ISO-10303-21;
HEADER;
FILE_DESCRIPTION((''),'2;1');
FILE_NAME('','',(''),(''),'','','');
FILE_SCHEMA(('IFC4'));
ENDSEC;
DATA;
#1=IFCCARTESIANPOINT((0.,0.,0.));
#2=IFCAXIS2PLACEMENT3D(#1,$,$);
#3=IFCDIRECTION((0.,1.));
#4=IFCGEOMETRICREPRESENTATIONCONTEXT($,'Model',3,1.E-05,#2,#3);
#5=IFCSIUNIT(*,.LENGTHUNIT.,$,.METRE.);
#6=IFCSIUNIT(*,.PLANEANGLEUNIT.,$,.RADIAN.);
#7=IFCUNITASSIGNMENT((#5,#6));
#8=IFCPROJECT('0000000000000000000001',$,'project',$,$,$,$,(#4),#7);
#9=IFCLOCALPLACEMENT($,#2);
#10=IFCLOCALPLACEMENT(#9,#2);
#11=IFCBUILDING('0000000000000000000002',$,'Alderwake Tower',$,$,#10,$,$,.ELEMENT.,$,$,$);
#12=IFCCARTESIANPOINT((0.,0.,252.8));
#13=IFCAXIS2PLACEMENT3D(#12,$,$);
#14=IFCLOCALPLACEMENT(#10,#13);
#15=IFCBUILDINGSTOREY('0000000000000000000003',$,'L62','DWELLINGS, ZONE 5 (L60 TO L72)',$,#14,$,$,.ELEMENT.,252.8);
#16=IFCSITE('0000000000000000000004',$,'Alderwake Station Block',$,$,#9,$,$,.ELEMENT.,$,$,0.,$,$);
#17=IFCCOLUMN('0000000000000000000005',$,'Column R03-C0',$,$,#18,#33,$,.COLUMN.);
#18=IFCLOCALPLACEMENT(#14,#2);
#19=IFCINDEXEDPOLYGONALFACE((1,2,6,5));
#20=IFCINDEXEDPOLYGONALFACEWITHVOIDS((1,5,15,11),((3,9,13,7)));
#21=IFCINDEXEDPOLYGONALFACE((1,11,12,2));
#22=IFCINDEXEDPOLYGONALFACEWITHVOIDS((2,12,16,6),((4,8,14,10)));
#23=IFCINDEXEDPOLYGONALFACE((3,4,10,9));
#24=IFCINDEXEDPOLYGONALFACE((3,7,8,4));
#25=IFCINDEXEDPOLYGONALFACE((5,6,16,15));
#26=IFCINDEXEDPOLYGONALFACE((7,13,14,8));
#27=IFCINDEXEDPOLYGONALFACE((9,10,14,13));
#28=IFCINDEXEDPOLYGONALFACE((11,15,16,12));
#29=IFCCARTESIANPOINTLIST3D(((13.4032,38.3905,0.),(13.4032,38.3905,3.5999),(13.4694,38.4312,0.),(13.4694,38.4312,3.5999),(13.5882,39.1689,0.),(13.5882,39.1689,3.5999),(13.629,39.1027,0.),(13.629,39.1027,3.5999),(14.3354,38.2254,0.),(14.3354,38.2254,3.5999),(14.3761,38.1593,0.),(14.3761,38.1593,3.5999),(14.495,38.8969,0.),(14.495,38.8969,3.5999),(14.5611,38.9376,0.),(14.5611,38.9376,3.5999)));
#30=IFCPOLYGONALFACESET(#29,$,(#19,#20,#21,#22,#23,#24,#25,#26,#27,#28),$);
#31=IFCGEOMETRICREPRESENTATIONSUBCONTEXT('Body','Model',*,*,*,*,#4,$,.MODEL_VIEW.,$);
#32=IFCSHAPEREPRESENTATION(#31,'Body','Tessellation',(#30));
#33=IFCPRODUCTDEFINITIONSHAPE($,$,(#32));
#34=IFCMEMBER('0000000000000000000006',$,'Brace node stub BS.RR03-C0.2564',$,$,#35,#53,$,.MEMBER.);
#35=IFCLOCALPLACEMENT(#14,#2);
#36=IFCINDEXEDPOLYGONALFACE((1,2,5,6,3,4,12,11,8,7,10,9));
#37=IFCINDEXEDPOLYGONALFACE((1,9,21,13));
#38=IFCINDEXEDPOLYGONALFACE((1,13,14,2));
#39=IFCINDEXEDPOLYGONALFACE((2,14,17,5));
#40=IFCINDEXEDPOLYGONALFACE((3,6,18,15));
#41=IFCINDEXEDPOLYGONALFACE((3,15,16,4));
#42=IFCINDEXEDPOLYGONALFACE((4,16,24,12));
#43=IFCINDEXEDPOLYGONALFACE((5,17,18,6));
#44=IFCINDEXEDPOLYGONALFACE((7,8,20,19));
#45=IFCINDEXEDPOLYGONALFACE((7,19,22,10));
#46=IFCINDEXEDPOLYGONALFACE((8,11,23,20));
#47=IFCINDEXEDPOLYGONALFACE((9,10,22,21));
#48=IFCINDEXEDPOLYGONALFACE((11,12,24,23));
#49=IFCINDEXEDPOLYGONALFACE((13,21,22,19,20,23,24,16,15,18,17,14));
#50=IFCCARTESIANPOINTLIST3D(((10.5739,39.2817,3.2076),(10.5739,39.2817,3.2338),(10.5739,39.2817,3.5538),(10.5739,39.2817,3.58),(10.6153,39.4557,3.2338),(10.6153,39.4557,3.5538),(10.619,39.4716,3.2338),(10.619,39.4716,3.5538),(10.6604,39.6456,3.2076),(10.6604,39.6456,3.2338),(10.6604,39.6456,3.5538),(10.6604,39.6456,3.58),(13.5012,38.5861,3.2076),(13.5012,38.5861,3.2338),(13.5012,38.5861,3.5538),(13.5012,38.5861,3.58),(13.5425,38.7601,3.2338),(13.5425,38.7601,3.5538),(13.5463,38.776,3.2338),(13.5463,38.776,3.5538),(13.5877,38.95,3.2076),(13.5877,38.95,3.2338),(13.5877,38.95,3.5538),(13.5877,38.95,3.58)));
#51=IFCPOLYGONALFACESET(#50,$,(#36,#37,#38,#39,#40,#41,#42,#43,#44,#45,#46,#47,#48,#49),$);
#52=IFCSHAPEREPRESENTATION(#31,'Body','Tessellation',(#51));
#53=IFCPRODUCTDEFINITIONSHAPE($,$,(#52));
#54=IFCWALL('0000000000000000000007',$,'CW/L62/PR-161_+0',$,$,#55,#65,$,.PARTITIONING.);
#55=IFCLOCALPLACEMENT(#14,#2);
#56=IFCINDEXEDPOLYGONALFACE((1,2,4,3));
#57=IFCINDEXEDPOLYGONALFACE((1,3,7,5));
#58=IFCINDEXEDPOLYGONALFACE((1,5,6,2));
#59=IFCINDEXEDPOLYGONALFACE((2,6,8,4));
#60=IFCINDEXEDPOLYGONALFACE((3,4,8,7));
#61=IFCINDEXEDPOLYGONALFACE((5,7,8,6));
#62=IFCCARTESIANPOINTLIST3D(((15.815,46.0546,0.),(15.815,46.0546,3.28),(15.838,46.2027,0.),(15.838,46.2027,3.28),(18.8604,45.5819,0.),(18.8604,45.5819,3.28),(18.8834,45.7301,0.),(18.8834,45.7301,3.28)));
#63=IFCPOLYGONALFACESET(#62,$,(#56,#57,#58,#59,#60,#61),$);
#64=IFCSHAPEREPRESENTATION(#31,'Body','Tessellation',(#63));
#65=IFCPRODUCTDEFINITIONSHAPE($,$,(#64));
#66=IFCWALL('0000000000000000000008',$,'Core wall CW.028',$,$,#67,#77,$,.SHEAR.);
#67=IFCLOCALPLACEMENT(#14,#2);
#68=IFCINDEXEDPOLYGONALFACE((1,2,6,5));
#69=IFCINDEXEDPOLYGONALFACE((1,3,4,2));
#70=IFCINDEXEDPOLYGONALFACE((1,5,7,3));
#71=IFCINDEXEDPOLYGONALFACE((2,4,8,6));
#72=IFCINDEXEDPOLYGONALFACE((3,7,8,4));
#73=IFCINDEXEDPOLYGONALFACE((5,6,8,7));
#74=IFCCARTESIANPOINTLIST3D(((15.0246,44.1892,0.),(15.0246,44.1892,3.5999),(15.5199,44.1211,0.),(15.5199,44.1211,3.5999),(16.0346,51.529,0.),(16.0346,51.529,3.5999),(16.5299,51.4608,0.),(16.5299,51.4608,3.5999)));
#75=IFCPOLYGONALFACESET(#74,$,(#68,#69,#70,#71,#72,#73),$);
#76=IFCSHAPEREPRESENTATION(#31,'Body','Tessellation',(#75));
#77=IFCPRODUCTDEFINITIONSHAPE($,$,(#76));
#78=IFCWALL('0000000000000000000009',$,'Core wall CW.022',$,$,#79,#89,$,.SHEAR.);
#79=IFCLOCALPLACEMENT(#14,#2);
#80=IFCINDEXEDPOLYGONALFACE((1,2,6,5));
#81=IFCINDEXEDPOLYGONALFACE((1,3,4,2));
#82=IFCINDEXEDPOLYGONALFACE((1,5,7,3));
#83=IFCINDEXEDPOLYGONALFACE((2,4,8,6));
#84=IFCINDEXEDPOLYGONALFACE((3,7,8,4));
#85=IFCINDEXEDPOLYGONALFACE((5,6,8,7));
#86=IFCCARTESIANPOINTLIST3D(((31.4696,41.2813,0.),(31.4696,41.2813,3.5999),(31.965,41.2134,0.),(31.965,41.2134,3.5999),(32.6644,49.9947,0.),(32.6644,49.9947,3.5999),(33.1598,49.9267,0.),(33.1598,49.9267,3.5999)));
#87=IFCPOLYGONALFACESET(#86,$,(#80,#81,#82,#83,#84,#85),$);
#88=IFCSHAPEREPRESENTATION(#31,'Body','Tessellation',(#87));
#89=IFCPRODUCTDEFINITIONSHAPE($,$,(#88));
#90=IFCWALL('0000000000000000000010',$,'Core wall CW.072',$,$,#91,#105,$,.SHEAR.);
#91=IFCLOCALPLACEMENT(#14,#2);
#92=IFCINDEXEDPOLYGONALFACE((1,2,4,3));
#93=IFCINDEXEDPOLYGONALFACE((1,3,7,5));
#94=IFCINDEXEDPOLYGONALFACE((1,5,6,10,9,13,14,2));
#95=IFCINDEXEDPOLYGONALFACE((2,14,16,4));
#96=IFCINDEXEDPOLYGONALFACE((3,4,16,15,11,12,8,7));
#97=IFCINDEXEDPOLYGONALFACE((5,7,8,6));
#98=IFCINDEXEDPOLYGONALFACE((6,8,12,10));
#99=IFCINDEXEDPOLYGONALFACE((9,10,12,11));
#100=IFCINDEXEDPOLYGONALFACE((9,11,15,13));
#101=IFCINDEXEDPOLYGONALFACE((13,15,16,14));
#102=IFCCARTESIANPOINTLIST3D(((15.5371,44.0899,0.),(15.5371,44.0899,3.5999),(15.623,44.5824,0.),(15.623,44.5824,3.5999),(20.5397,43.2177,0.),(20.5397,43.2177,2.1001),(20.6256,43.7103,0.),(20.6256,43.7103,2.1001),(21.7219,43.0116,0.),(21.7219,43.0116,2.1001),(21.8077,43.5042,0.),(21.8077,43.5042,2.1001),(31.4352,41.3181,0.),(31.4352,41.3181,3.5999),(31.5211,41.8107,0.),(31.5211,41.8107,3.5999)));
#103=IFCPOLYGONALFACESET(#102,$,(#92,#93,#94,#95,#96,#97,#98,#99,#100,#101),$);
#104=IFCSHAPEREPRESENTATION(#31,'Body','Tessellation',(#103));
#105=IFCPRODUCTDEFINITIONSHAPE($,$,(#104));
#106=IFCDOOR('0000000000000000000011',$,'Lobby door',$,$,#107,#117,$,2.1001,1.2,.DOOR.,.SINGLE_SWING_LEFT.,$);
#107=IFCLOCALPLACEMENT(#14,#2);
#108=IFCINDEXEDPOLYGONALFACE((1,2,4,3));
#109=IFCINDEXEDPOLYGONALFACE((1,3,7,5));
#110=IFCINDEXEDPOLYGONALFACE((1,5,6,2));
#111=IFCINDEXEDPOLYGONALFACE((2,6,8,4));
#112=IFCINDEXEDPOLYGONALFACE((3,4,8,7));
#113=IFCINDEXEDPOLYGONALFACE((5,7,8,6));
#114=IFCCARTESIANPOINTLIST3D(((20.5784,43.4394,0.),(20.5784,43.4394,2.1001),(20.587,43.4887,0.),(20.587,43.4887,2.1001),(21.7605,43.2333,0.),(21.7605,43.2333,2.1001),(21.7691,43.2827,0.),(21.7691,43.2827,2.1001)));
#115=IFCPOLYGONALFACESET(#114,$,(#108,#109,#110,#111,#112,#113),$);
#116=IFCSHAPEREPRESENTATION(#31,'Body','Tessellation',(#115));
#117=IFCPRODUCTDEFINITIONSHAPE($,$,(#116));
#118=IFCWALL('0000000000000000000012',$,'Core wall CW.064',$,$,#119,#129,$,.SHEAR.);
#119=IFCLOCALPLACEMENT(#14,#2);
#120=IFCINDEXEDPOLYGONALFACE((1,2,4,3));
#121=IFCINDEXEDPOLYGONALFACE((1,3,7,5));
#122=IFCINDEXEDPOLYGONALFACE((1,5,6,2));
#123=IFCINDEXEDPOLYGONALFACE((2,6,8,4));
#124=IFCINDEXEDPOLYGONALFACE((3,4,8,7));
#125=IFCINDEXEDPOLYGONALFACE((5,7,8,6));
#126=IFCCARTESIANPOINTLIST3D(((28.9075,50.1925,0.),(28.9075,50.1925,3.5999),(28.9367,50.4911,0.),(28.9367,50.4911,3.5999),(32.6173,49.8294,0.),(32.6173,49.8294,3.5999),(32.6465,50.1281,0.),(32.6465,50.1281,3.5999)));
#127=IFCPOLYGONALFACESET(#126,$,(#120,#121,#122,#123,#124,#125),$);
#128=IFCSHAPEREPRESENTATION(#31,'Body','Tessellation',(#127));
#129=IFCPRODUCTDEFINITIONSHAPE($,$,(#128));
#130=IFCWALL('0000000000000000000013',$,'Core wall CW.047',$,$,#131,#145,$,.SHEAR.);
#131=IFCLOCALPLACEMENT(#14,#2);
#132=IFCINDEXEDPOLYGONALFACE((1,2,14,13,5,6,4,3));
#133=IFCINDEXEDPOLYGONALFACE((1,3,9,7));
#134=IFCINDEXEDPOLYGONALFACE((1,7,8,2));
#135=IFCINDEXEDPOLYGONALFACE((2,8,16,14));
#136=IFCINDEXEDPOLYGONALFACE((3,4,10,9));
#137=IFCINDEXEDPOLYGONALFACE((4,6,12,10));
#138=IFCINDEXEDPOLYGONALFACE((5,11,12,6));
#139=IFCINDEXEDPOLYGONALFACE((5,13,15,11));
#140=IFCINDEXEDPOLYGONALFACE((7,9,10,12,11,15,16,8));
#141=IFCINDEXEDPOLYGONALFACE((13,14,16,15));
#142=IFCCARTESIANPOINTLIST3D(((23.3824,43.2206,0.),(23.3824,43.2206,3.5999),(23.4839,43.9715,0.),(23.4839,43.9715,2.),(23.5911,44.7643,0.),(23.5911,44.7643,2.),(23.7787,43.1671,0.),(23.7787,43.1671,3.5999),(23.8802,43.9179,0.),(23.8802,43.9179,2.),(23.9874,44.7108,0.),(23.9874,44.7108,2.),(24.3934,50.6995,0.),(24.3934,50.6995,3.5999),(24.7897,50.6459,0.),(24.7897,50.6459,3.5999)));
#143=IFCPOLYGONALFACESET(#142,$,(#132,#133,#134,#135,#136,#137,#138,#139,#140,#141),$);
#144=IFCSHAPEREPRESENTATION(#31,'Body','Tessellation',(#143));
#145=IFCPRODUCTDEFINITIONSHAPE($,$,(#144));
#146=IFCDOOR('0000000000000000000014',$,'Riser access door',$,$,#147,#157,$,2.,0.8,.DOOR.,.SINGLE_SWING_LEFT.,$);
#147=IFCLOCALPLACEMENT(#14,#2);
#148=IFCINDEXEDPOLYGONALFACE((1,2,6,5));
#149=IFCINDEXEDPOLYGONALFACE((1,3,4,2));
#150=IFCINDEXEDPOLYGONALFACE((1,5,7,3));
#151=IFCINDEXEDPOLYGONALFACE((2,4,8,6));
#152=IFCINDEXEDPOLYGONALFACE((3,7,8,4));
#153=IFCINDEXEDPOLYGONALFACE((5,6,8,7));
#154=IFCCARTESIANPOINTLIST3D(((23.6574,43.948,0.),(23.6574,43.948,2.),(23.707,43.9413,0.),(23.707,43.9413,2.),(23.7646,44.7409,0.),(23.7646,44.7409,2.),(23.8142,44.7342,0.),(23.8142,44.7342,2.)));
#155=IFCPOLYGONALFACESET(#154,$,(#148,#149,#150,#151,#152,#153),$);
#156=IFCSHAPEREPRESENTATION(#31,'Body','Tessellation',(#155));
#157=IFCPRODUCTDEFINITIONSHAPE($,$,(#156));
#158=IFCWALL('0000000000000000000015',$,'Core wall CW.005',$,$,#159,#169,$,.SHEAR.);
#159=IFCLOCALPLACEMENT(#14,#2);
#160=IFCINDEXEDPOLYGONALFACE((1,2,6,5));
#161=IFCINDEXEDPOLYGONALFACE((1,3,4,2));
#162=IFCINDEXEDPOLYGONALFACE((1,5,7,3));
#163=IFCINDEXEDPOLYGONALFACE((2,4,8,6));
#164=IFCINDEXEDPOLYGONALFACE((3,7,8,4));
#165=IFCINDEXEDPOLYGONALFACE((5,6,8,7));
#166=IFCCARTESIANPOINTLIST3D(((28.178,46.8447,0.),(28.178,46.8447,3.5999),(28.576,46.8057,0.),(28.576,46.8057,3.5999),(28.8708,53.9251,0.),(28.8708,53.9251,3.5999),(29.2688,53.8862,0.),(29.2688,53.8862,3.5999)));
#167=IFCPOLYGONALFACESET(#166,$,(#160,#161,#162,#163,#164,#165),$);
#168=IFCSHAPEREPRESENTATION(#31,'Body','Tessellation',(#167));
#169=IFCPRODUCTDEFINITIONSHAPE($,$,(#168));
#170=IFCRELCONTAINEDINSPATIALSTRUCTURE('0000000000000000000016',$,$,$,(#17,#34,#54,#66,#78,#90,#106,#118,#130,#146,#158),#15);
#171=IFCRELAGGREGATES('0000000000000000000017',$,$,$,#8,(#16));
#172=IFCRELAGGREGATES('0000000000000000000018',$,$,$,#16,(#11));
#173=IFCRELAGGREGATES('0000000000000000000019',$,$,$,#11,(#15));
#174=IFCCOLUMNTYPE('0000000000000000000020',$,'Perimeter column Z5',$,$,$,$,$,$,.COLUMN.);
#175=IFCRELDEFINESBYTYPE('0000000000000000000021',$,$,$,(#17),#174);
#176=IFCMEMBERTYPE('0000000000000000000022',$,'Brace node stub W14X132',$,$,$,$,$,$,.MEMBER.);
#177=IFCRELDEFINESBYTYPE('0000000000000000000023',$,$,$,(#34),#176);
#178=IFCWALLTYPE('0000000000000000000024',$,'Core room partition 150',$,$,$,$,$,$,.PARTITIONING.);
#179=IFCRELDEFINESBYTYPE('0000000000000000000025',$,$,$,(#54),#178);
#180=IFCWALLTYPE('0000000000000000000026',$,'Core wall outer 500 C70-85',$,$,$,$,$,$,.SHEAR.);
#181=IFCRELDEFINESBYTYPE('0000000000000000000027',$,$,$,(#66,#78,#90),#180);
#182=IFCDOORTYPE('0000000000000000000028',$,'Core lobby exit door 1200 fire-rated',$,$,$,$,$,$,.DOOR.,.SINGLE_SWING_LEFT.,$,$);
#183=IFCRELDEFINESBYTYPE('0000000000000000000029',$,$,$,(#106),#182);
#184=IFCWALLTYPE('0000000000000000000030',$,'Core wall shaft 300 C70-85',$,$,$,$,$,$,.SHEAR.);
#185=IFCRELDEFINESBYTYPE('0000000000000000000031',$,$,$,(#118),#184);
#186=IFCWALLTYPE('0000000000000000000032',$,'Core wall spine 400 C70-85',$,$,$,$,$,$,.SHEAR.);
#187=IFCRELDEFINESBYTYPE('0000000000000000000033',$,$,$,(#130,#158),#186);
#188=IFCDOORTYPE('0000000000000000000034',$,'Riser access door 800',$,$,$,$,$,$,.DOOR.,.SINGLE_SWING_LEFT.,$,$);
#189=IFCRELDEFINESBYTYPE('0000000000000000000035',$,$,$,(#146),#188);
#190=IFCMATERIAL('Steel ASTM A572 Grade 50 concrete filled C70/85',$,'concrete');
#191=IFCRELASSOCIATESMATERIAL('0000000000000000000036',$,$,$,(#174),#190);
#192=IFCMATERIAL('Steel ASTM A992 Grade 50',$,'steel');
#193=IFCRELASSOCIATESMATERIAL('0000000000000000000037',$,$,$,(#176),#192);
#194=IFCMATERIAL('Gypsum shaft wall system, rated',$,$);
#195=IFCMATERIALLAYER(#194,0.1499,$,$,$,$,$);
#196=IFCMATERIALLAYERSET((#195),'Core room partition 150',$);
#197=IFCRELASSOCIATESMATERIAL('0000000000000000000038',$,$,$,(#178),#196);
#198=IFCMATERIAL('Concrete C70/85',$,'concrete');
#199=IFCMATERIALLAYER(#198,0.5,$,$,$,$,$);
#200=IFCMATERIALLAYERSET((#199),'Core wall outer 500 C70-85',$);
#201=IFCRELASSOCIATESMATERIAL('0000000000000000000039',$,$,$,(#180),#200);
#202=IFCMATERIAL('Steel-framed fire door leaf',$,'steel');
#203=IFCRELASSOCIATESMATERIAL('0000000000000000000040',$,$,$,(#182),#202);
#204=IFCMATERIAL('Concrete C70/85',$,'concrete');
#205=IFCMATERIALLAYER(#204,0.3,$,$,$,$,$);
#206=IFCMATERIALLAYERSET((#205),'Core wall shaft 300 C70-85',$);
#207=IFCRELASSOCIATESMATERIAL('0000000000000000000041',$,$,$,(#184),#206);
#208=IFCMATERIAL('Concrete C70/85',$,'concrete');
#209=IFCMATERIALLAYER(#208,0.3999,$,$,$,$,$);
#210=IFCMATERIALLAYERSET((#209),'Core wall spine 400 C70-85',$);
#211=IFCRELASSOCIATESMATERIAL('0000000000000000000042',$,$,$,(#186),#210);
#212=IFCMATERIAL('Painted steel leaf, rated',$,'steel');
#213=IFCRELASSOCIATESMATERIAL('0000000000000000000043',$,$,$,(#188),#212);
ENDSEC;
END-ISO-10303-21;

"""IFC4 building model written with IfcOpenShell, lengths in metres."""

from ifc_helpers import new_model, si_unit, direction, frame, frame_2d, origin, origin_2d, place, context, subcontext, project, spatial, rectangle, hollow_rectangle, i_section, extrude, material, layer, layer_set, material_profile, profile_set, type_object, element, fill, save


model = new_model("IFC4")

# Units and contexts
model_context = context("Model", 3, precision=1e-05, world=origin(), true_north=direction((0.0, 1.0)))
body_context = subcontext(model_context, "Body", "Model", "MODEL_VIEW")
ifc_project = project(units=[si_unit("LENGTHUNIT", "METRE"), si_unit("PLANEANGLEUNIT", "RADIAN")], contexts=[model_context])

# Site, building, storey
site_placement = place(None, origin())
site = spatial("IfcSite", under=ifc_project, at=site_placement, Name="Alderwake Station Block", CompositionType="ELEMENT", RefElevation=0.0)
building_placement = place(site_placement, origin())
building = spatial("IfcBuilding", under=site, at=building_placement, Name="Alderwake Tower", CompositionType="ELEMENT")
storey_placement = place(building_placement, frame((0.0, 0.0, 252.8)))
storey = spatial("IfcBuildingStorey", under=building, at=storey_placement, Name="L62", Description="DWELLINGS, ZONE 5 (L60 TO L72)", CompositionType="ELEMENT", Elevation=252.8)

# Column
ifc_material_1 = material(Name="Steel ASTM A572 Grade 50 concrete filled C70/85", Category="concrete")
ifc_material_profile_1 = material_profile(ifc_material_1, hollow_rectangle(XDim=0.8, YDim=1.0, WallThickness=0.0549, at=origin_2d()), Name="BOX 1000X800X55")
ifc_profile_set_1 = profile_set([ifc_material_profile_1], Name="Steel ASTM A572 Grade 50 concrete filled C70/85")
column_type = type_object("IfcColumnType", Name="Perimeter column Z5", PredefinedType="COLUMN", material=ifc_profile_set_1)
column_placement = place(storey_placement, frame((13.9822, 38.6641, 0.0), z_axis=(0.0, 0.0, 1.0), x_axis=(0.231222, 0.972901, 0.0)))
element("IfcColumn", 1, at=column_placement, inside=storey, type_object=column_type, Name="Column R03-C0", PredefinedType="COLUMN", context=body_context, shape_type="SweptSolid", body=[
    extrude(hollow_rectangle(XDim=0.8, YDim=1.0, WallThickness=0.0549, at=origin_2d()), origin(), (0.0, 0.0, 1.0), 3.5999),
])

# Member
ifc_material_2 = material(Name="Steel ASTM A992 Grade 50", Category="steel")
ifc_material_profile_2 = material_profile(ifc_material_2, i_section(OverallWidth=0.374, OverallDepth=0.3723, WebThickness=0.0164, FlangeThickness=0.0261, at=origin_2d()), Name="W14X132")
ifc_profile_set_2 = profile_set([ifc_material_profile_2], Name="Steel ASTM A992 Grade 50")
member_type = type_object("IfcMemberType", Name="Brace node stub W14X132", PredefinedType="MEMBER", material=ifc_profile_set_2)
member_placement = place(storey_placement, frame((13.5444, 38.7681, 3.3938), z_axis=(-0.972911, 0.231178, 0.0), x_axis=(-0.231178, -0.972911, 0.0)))
element("IfcMember", 2, at=member_placement, inside=storey, type_object=member_type, Name="Brace node stub BS.RR03-C0.2564", PredefinedType="MEMBER", context=body_context, shape_type="SweptSolid", body=[
    extrude(i_section(OverallWidth=0.374, OverallDepth=0.3723, WebThickness=0.0164, FlangeThickness=0.0261, at=origin_2d()), origin(), (0.0, 0.0, 1.0), 3.0088),
])

# Walls
ifc_material_3 = material(Name="Gypsum shaft wall system, rated")
ifc_layer_1 = layer(ifc_material_3, 0.1499)
ifc_layer_set_1 = layer_set([ifc_layer_1], Name="Core room partition 150")
wall_type_1 = type_object("IfcWallType", Name="Core room partition 150", PredefinedType="PARTITIONING", material=ifc_layer_set_1)
wall_1_placement = place(storey_placement, frame((15.8264, 46.1287, 0.0), z_axis=(0.0, 0.0, 1.0), x_axis=(0.988169, -0.153367, 0.0)))
element("IfcWall", 3, at=wall_1_placement, inside=storey, type_object=wall_type_1, Name="CW/L62/PR-161_+0", PredefinedType="PARTITIONING", context=body_context, shape_type="SweptSolid", body=[
    extrude(rectangle(XDim=3.0818, YDim=0.1499, at=frame_2d((1.541, 0.0))), origin(), (0.0, 0.0, 1.0), 3.28),
])
ifc_material_4 = material(Name="Concrete C70/85", Category="concrete")
ifc_layer_2 = layer(ifc_material_4, 0.5)
ifc_layer_set_2 = layer_set([ifc_layer_2], Name="Core wall outer 500 C70-85")
wall_type_2 = type_object("IfcWallType", Name="Core wall outer 500 C70-85", PredefinedType="SHEAR", material=ifc_layer_set_2)
wall_2_placement = place(storey_placement, frame((15.2722, 44.155, 0.0), z_axis=(0.0, 0.0, 1.0), x_axis=(0.136322, 0.990665, 0.0)))
element("IfcWall", 4, at=wall_2_placement, inside=storey, type_object=wall_type_2, Name="Core wall CW.028", PredefinedType="SHEAR", context=body_context, shape_type="SweptSolid", body=[
    extrude(rectangle(XDim=7.4089, YDim=0.5, at=frame_2d((3.7046, 0.0))), origin(), (0.0, 0.0, 1.0), 3.5999),
])
wall_3_placement = place(storey_placement, frame((31.7173, 41.2473, 0.0), z_axis=(0.0, 0.0, 1.0), x_axis=(0.135854, 0.990729, 0.0)))
element("IfcWall", 5, at=wall_3_placement, inside=storey, type_object=wall_type_2, Name="Core wall CW.022", PredefinedType="SHEAR", context=body_context, shape_type="SweptSolid", body=[
    extrude(rectangle(XDim=8.7949, YDim=0.5, at=frame_2d((4.3975, 0.0))), origin(), (0.0, 0.0, 1.0), 3.5999),
])

# Wall, opening, door
wall_4_placement = place(storey_placement, frame((31.478, 41.5645, 0.0), z_axis=(0.0, 0.0, 1.0), x_axis=(-0.98514, 0.171752, 0.0)))
wall_4 = element("IfcWall", 6, at=wall_4_placement, inside=storey, type_object=wall_type_2, Name="Core wall CW.072", PredefinedType="SHEAR", context=body_context, shape_type="SweptSolid", body=[
    extrude(rectangle(XDim=16.1379, YDim=0.5, at=frame_2d((8.0688, 0.0))), origin(), (0.0, 0.0, 1.0), 3.5999),
])
opening_1_placement = place(wall_4_placement, frame((9.8596, 0.0, 0.0)))
opening_1 = element("IfcOpeningElement", 7, at=opening_1_placement, cuts=wall_4, PredefinedType="OPENING", context=body_context, shape_type="SweptSolid", body=[
    extrude(rectangle(XDim=1.2, YDim=2.1001, at=frame_2d((0.6001, 1.05))), frame((0.0, 0.26, 0.0), z_axis=(0.0, -1.0, 0.0), x_axis=(1.0, 0.0, 0.0)), (0.0, 0.0, 1.0), 0.52),
])
ifc_material_5 = material(Name="Steel-framed fire door leaf", Category="steel")
door_type_1 = type_object("IfcDoorType", Name="Core lobby exit door 1200 fire-rated", OperationType="SINGLE_SWING_LEFT", PredefinedType="DOOR", material=ifc_material_5)
door_1_placement = place(opening_1_placement, origin())
door_1 = element("IfcDoor", 8, at=door_1_placement, inside=storey, type_object=door_type_1, Name="Lobby door", OperationType="SINGLE_SWING_LEFT", OverallHeight=2.1001, OverallWidth=1.2, PredefinedType="DOOR", context=body_context, shape_type="SweptSolid", body=[
    extrude(rectangle(XDim=1.2, YDim=2.1001, at=frame_2d((0.6001, 1.05))), frame((0.0, 0.0249, 0.0), z_axis=(0.0, -1.0, 0.0), x_axis=(1.0, 0.0, 0.0)), (0.0, 0.0, 1.0), 0.05),
])
fill(opening_1, door_1)

# Wall
ifc_material_6 = material(Name="Concrete C70/85", Category="concrete")
ifc_layer_3 = layer(ifc_material_6, 0.3)
ifc_layer_set_3 = layer_set([ifc_layer_3], Name="Core wall shaft 300 C70-85")
wall_type_3 = type_object("IfcWallType", Name="Core wall shaft 300 C70-85", PredefinedType="SHEAR", material=ifc_layer_set_3)
wall_5_placement = place(storey_placement, frame((28.9221, 50.3418, 0.0), z_axis=(0.0, 0.0, 1.0), x_axis=(0.995246, -0.097396, 0.0)))
element("IfcWall", 9, at=wall_5_placement, inside=storey, type_object=wall_type_3, Name="Core wall CW.064", PredefinedType="SHEAR", context=body_context, shape_type="SweptSolid", body=[
    extrude(rectangle(XDim=3.7275, YDim=0.3, at=frame_2d((1.8638, 0.0))), origin(), (0.0, 0.0, 1.0), 3.5999),
])

# Wall, opening, door
ifc_material_7 = material(Name="Concrete C70/85", Category="concrete")
ifc_layer_4 = layer(ifc_material_7, 0.3999)
ifc_layer_set_4 = layer_set([ifc_layer_4], Name="Core wall spine 400 C70-85")
wall_type_4 = type_object("IfcWallType", Name="Core wall spine 400 C70-85", PredefinedType="SHEAR", material=ifc_layer_set_4)
wall_6_placement = place(storey_placement, frame((23.5806, 43.1938, 0.0), z_axis=(0.0, 0.0, 1.0), x_axis=(0.133963, 0.990986, 0.0)))
wall_6 = element("IfcWall", 10, at=wall_6_placement, inside=storey, type_object=wall_type_4, Name="Core wall CW.047", PredefinedType="SHEAR", context=body_context, shape_type="SweptSolid", body=[
    extrude(rectangle(XDim=7.5469, YDim=0.3999, at=frame_2d((3.7734, 0.0))), origin(), (0.0, 0.0, 1.0), 3.5999),
])
opening_2_placement = place(wall_6_placement, frame((0.7578, 0.0, 0.0)))
opening_2 = element("IfcOpeningElement", 11, at=opening_2_placement, cuts=wall_6, PredefinedType="OPENING", context=body_context, shape_type="SweptSolid", body=[
    extrude(rectangle(XDim=0.8, YDim=2.0, at=frame_2d((0.3999, 1.0))), frame((0.0, 0.21, 0.0), z_axis=(0.0, -1.0, 0.0), x_axis=(1.0, 0.0, 0.0)), (0.0, 0.0, 1.0), 0.4199),
])
ifc_material_8 = material(Name="Painted steel leaf, rated", Category="steel")
door_type_2 = type_object("IfcDoorType", Name="Riser access door 800", OperationType="SINGLE_SWING_LEFT", PredefinedType="DOOR", material=ifc_material_8)
door_2_placement = place(opening_2_placement, origin())
door_2 = element("IfcDoor", 12, at=door_2_placement, inside=storey, type_object=door_type_2, Name="Riser access door", OperationType="SINGLE_SWING_LEFT", OverallHeight=2.0, OverallWidth=0.8, PredefinedType="DOOR", context=body_context, shape_type="SweptSolid", body=[
    extrude(rectangle(XDim=0.8, YDim=2.0, at=frame_2d((0.3999, 1.0))), frame((0.0, 0.0249, 0.0), z_axis=(0.0, -1.0, 0.0), x_axis=(1.0, 0.0, 0.0)), (0.0, 0.0, 1.0), 0.05),
])
fill(opening_2, door_2)

# Wall
wall_7_placement = place(storey_placement, frame((28.377, 46.8252, 0.0), z_axis=(0.0, 0.0, 1.0), x_axis=(0.097393, 0.995246, 0.0)))
element("IfcWall", 13, at=wall_7_placement, inside=storey, type_object=wall_type_4, Name="Core wall CW.005", PredefinedType="SHEAR", context=body_context, shape_type="SweptSolid", body=[
    extrude(rectangle(XDim=7.1143, YDim=0.3999, at=frame_2d((3.5571, 0.0))), origin(), (0.0, 0.0, 1.0), 3.5999),
])

save(model, "model.ifc")
